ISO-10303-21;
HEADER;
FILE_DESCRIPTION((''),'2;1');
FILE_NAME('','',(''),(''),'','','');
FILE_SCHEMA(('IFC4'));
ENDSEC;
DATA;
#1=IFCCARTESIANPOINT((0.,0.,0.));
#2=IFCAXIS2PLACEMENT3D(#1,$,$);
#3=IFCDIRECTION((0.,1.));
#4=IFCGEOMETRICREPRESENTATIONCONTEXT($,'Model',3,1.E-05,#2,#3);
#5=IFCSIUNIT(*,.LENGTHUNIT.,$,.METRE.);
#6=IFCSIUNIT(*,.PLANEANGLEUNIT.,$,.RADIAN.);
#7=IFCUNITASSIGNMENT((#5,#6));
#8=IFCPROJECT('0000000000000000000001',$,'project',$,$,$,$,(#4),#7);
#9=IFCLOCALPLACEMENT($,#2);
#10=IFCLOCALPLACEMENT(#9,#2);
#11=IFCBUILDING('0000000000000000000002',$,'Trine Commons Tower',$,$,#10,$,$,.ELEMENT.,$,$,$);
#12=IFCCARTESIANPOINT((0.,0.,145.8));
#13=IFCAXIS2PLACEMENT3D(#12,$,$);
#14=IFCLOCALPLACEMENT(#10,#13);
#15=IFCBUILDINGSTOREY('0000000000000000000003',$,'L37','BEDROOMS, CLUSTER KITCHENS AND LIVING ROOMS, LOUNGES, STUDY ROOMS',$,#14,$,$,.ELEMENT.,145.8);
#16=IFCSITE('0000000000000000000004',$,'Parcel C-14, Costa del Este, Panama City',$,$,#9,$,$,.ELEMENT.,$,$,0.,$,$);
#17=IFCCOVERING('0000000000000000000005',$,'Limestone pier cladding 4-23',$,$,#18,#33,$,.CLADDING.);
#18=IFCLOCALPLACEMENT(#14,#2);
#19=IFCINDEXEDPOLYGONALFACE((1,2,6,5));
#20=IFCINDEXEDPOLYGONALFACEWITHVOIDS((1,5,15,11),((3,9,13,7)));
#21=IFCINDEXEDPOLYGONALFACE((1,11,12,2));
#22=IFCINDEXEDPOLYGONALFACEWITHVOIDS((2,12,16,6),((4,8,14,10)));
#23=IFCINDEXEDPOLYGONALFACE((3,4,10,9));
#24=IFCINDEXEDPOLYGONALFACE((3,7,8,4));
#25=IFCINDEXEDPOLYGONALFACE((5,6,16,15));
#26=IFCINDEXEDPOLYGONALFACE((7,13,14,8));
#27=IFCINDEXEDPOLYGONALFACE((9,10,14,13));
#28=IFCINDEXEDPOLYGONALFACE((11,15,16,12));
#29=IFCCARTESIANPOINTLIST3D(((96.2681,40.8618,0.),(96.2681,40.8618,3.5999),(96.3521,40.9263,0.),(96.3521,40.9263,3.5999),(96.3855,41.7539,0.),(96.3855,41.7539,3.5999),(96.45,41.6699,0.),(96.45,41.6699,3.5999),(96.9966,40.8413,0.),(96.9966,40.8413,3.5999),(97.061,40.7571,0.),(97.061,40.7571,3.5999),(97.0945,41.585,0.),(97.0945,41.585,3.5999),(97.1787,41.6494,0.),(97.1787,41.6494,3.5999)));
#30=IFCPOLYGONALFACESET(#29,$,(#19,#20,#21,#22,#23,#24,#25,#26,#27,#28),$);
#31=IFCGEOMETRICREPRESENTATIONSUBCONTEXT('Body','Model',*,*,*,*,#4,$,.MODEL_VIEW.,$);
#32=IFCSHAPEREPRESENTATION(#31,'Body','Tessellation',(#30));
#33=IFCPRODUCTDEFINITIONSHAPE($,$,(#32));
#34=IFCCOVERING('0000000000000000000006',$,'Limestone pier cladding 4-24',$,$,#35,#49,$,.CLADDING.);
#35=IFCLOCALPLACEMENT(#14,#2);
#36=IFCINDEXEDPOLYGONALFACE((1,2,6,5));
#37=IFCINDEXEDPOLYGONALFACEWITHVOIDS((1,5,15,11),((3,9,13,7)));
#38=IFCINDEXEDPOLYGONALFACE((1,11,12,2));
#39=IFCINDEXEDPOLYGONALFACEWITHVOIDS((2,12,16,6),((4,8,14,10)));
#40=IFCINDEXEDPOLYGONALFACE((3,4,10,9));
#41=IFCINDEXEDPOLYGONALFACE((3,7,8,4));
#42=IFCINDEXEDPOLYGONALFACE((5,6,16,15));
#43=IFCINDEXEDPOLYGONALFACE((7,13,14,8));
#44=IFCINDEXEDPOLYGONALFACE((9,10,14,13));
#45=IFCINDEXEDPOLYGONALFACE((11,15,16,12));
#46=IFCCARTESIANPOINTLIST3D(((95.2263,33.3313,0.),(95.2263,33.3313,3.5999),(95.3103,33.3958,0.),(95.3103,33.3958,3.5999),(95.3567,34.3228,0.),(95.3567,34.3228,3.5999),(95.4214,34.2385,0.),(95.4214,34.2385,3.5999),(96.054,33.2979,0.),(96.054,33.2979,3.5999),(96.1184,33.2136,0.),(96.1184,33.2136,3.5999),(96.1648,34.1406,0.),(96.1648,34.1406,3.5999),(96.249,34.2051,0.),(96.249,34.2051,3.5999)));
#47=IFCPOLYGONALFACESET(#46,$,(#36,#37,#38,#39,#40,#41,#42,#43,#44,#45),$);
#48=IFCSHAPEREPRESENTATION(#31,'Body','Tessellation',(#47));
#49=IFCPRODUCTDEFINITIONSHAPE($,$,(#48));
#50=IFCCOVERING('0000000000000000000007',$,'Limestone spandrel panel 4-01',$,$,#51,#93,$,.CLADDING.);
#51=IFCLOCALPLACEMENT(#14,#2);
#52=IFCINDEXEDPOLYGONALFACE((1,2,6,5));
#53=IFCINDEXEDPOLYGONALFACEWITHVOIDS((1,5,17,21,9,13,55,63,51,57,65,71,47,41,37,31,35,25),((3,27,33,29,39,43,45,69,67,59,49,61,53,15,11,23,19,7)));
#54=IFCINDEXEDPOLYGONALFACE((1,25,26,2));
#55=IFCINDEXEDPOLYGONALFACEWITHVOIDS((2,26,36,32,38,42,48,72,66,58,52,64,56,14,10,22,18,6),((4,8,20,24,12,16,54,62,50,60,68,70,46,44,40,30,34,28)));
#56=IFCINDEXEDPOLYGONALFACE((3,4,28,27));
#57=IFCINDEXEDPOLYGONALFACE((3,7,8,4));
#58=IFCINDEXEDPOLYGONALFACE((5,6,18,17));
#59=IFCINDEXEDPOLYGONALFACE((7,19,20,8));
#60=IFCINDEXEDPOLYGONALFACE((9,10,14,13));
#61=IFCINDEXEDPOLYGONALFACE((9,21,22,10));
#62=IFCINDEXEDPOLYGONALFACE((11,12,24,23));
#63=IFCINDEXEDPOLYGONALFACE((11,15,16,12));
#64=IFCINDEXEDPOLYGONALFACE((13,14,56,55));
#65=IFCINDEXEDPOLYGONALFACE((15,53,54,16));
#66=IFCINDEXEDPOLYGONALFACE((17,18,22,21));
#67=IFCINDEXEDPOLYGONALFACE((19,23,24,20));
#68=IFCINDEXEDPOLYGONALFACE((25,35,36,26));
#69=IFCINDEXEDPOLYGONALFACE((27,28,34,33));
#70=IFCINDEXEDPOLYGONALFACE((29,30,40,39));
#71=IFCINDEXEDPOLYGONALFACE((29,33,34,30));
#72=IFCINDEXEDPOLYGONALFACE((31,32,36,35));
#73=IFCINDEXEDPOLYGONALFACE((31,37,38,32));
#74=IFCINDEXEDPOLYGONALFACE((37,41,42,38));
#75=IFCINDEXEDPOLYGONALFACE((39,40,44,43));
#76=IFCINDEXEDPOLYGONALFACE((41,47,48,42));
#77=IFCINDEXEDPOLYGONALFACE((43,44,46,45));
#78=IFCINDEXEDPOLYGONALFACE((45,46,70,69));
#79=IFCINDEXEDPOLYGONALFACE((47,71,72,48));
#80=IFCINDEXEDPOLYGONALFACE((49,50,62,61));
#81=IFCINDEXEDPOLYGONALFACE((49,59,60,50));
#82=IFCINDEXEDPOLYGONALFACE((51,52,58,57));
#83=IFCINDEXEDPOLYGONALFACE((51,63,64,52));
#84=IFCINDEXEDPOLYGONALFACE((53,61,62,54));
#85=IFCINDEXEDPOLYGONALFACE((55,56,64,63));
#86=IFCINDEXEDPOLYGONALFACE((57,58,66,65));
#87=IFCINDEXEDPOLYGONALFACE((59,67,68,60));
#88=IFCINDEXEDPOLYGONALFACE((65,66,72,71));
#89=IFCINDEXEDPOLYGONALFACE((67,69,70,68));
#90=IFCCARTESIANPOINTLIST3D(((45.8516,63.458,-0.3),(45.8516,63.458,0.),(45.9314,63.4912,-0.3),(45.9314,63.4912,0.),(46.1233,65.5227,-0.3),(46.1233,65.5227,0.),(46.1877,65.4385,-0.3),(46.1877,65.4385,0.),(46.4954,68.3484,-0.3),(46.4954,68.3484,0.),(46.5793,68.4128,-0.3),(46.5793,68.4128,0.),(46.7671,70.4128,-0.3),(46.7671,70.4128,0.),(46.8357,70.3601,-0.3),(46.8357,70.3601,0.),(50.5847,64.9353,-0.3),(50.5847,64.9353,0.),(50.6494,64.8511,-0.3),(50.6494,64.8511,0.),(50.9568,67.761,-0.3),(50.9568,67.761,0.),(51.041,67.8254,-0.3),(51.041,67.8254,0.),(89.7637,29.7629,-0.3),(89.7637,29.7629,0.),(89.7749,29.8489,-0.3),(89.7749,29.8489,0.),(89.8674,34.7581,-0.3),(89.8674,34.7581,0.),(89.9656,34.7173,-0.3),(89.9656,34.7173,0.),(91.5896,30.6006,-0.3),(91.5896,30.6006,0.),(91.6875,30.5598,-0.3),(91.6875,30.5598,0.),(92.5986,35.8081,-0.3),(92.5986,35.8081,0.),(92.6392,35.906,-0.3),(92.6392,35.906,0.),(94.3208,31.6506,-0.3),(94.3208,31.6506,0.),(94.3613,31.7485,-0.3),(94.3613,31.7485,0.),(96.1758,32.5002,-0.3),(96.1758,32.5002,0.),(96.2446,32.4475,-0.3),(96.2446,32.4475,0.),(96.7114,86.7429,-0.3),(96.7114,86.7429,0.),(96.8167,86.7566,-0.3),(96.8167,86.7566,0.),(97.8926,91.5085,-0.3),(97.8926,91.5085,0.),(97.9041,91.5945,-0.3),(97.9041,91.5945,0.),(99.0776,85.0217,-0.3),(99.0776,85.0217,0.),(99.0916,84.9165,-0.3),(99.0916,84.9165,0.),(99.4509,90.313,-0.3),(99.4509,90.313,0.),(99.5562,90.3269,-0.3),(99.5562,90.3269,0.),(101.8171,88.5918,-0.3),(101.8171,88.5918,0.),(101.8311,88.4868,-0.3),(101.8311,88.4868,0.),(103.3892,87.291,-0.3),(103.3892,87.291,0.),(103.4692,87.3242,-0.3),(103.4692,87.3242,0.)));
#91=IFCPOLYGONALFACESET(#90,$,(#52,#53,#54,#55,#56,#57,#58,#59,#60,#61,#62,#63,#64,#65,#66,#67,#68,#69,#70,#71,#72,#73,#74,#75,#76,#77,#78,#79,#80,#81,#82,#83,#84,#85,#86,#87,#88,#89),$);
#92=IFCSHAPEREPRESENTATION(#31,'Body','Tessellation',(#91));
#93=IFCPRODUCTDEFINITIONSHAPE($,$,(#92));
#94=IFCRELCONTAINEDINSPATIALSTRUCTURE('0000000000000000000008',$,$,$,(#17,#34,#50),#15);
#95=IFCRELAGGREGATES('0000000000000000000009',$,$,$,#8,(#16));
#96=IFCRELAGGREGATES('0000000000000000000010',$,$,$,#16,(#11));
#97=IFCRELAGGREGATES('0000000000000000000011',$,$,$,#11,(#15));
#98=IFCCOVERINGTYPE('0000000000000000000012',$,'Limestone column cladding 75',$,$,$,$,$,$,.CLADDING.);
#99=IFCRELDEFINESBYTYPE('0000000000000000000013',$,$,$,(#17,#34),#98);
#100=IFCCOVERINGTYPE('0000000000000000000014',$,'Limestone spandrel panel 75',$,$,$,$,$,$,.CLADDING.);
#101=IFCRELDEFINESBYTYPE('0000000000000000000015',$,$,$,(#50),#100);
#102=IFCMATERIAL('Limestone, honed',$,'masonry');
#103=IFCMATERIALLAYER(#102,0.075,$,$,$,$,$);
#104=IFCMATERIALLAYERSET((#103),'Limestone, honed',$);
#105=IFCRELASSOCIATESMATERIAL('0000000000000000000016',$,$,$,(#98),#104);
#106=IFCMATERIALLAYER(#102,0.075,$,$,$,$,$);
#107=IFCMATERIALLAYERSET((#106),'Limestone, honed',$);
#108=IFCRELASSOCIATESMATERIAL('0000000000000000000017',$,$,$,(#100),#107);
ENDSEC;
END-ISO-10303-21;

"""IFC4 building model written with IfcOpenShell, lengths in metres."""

from ifc_helpers import new_model, si_unit, direction, frame, origin, place, context, subcontext, project, spatial, polyline, outline, extrude, material, layer, layer_set, type_object, element, save


model = new_model("IFC4")

# Units and contexts
model_context = context("Model", 3, precision=1e-05, world=origin(), true_north=direction((0.0, 1.0)))
body_context = subcontext(model_context, "Body", "Model", "MODEL_VIEW")
ifc_project = project(units=[si_unit("LENGTHUNIT", "METRE"), si_unit("PLANEANGLEUNIT", "RADIAN")], contexts=[model_context])

# Site, building, storey
site_placement = place(None, origin())
site = spatial("IfcSite", under=ifc_project, at=site_placement, Name="Parcel C-14, Costa del Este, Panama City", CompositionType="ELEMENT", RefElevation=0.0)
building_placement = place(site_placement, origin())
building = spatial("IfcBuilding", under=site, at=building_placement, Name="Trine Commons Tower", CompositionType="ELEMENT")
storey_placement = place(building_placement, frame((0.0, 0.0, 145.8)))
storey = spatial("IfcBuildingStorey", under=building, at=storey_placement, Name="L37", Description="BEDROOMS, CLUSTER KITCHENS AND LIVING ROOMS, LOUNGES, STUDY ROOMS", CompositionType="ELEMENT", Elevation=145.8)

# Coverings
ifc_material_1 = material(Name="Limestone, honed", Category="masonry")
ifc_layer_1 = layer(ifc_material_1, 0.075)
ifc_layer_set_1 = layer_set([ifc_layer_1], Name="Limestone, honed")
covering_type_1 = type_object("IfcCoveringType", Name="Limestone column cladding 75", PredefinedType="CLADDING", material=ifc_layer_set_1)
covering_1_placement = place(storey_placement, origin())
element("IfcCovering", 1, at=covering_1_placement, inside=storey, type_object=covering_type_1, Name="Limestone pier cladding 4-23", PredefinedType="CLADDING", context=body_context, shape_type="SweptSolid", body=[
    extrude(outline(polyline([(97.1787, 41.6494), (96.3855, 41.7539), (96.2681, 40.8618), (97.061, 40.7571), (97.1787, 41.6494)]), holes=[polyline([(97.0945, 41.585), (96.45, 41.6699), (96.3521, 40.9263), (96.9966, 40.8413), (97.0945, 41.585)])]), origin(), (0.0, 0.0, 1.0), 3.5999),
])
covering_2_placement = place(storey_placement, origin())
element("IfcCovering", 2, at=covering_2_placement, inside=storey, type_object=covering_type_1, Name="Limestone pier cladding 4-24", PredefinedType="CLADDING", context=body_context, shape_type="SweptSolid", body=[
    extrude(outline(polyline([(96.249, 34.2051), (95.3567, 34.3228), (95.2263, 33.3313), (96.1184, 33.2136), (96.249, 34.2051)]), holes=[polyline([(96.1648, 34.1406), (95.4214, 34.2385), (95.3103, 33.3958), (96.054, 33.2979), (96.1648, 34.1406)])]), origin(), (0.0, 0.0, 1.0), 3.5999),
])
ifc_layer_2 = layer(ifc_material_1, 0.075)
ifc_layer_set_2 = layer_set([ifc_layer_2], Name="Limestone, honed")
covering_type_2 = type_object("IfcCoveringType", Name="Limestone spandrel panel 75", PredefinedType="CLADDING", material=ifc_layer_set_2)
covering_3_placement = place(storey_placement, frame((0.0, 0.0, -0.3)))
element("IfcCovering", 3, at=covering_3_placement, inside=storey, type_object=covering_type_2, Name="Limestone spandrel panel 4-01", PredefinedType="CLADDING", context=body_context, shape_type="SweptSolid", body=[
    extrude(outline(polyline([(92.5986, 35.8081), (94.3208, 31.6506), (96.2446, 32.4475), (103.4692, 87.3242), (101.8171, 88.5918), (99.0776, 85.0217), (96.8167, 86.7566), (99.5562, 90.3269), (97.9041, 91.5945), (46.7671, 70.4128), (46.4954, 68.3484), (50.9568, 67.761), (50.5847, 64.9353), (46.1233, 65.5227), (45.8516, 63.458), (89.7637, 29.7629), (91.6875, 30.5598), (89.9656, 34.7173), (92.5986, 35.8081)]), holes=[polyline([(101.8311, 88.4868), (103.3892, 87.291), (96.1758, 32.5002), (94.3613, 31.7485), (92.6392, 35.906), (89.8674, 34.7581), (91.5896, 30.6006), (89.7749, 29.8489), (45.9314, 63.4912), (46.1877, 65.4385), (50.6494, 64.8511), (51.041, 67.8254), (46.5793, 68.4128), (46.8357, 70.3601), (97.8926, 91.5085), (99.4509, 90.313), (96.7114, 86.7429), (99.0916, 84.9165), (101.8311, 88.4868)])]), origin(), (0.0, 0.0, 1.0), 0.3),
])

save(model, "model.ifc")
